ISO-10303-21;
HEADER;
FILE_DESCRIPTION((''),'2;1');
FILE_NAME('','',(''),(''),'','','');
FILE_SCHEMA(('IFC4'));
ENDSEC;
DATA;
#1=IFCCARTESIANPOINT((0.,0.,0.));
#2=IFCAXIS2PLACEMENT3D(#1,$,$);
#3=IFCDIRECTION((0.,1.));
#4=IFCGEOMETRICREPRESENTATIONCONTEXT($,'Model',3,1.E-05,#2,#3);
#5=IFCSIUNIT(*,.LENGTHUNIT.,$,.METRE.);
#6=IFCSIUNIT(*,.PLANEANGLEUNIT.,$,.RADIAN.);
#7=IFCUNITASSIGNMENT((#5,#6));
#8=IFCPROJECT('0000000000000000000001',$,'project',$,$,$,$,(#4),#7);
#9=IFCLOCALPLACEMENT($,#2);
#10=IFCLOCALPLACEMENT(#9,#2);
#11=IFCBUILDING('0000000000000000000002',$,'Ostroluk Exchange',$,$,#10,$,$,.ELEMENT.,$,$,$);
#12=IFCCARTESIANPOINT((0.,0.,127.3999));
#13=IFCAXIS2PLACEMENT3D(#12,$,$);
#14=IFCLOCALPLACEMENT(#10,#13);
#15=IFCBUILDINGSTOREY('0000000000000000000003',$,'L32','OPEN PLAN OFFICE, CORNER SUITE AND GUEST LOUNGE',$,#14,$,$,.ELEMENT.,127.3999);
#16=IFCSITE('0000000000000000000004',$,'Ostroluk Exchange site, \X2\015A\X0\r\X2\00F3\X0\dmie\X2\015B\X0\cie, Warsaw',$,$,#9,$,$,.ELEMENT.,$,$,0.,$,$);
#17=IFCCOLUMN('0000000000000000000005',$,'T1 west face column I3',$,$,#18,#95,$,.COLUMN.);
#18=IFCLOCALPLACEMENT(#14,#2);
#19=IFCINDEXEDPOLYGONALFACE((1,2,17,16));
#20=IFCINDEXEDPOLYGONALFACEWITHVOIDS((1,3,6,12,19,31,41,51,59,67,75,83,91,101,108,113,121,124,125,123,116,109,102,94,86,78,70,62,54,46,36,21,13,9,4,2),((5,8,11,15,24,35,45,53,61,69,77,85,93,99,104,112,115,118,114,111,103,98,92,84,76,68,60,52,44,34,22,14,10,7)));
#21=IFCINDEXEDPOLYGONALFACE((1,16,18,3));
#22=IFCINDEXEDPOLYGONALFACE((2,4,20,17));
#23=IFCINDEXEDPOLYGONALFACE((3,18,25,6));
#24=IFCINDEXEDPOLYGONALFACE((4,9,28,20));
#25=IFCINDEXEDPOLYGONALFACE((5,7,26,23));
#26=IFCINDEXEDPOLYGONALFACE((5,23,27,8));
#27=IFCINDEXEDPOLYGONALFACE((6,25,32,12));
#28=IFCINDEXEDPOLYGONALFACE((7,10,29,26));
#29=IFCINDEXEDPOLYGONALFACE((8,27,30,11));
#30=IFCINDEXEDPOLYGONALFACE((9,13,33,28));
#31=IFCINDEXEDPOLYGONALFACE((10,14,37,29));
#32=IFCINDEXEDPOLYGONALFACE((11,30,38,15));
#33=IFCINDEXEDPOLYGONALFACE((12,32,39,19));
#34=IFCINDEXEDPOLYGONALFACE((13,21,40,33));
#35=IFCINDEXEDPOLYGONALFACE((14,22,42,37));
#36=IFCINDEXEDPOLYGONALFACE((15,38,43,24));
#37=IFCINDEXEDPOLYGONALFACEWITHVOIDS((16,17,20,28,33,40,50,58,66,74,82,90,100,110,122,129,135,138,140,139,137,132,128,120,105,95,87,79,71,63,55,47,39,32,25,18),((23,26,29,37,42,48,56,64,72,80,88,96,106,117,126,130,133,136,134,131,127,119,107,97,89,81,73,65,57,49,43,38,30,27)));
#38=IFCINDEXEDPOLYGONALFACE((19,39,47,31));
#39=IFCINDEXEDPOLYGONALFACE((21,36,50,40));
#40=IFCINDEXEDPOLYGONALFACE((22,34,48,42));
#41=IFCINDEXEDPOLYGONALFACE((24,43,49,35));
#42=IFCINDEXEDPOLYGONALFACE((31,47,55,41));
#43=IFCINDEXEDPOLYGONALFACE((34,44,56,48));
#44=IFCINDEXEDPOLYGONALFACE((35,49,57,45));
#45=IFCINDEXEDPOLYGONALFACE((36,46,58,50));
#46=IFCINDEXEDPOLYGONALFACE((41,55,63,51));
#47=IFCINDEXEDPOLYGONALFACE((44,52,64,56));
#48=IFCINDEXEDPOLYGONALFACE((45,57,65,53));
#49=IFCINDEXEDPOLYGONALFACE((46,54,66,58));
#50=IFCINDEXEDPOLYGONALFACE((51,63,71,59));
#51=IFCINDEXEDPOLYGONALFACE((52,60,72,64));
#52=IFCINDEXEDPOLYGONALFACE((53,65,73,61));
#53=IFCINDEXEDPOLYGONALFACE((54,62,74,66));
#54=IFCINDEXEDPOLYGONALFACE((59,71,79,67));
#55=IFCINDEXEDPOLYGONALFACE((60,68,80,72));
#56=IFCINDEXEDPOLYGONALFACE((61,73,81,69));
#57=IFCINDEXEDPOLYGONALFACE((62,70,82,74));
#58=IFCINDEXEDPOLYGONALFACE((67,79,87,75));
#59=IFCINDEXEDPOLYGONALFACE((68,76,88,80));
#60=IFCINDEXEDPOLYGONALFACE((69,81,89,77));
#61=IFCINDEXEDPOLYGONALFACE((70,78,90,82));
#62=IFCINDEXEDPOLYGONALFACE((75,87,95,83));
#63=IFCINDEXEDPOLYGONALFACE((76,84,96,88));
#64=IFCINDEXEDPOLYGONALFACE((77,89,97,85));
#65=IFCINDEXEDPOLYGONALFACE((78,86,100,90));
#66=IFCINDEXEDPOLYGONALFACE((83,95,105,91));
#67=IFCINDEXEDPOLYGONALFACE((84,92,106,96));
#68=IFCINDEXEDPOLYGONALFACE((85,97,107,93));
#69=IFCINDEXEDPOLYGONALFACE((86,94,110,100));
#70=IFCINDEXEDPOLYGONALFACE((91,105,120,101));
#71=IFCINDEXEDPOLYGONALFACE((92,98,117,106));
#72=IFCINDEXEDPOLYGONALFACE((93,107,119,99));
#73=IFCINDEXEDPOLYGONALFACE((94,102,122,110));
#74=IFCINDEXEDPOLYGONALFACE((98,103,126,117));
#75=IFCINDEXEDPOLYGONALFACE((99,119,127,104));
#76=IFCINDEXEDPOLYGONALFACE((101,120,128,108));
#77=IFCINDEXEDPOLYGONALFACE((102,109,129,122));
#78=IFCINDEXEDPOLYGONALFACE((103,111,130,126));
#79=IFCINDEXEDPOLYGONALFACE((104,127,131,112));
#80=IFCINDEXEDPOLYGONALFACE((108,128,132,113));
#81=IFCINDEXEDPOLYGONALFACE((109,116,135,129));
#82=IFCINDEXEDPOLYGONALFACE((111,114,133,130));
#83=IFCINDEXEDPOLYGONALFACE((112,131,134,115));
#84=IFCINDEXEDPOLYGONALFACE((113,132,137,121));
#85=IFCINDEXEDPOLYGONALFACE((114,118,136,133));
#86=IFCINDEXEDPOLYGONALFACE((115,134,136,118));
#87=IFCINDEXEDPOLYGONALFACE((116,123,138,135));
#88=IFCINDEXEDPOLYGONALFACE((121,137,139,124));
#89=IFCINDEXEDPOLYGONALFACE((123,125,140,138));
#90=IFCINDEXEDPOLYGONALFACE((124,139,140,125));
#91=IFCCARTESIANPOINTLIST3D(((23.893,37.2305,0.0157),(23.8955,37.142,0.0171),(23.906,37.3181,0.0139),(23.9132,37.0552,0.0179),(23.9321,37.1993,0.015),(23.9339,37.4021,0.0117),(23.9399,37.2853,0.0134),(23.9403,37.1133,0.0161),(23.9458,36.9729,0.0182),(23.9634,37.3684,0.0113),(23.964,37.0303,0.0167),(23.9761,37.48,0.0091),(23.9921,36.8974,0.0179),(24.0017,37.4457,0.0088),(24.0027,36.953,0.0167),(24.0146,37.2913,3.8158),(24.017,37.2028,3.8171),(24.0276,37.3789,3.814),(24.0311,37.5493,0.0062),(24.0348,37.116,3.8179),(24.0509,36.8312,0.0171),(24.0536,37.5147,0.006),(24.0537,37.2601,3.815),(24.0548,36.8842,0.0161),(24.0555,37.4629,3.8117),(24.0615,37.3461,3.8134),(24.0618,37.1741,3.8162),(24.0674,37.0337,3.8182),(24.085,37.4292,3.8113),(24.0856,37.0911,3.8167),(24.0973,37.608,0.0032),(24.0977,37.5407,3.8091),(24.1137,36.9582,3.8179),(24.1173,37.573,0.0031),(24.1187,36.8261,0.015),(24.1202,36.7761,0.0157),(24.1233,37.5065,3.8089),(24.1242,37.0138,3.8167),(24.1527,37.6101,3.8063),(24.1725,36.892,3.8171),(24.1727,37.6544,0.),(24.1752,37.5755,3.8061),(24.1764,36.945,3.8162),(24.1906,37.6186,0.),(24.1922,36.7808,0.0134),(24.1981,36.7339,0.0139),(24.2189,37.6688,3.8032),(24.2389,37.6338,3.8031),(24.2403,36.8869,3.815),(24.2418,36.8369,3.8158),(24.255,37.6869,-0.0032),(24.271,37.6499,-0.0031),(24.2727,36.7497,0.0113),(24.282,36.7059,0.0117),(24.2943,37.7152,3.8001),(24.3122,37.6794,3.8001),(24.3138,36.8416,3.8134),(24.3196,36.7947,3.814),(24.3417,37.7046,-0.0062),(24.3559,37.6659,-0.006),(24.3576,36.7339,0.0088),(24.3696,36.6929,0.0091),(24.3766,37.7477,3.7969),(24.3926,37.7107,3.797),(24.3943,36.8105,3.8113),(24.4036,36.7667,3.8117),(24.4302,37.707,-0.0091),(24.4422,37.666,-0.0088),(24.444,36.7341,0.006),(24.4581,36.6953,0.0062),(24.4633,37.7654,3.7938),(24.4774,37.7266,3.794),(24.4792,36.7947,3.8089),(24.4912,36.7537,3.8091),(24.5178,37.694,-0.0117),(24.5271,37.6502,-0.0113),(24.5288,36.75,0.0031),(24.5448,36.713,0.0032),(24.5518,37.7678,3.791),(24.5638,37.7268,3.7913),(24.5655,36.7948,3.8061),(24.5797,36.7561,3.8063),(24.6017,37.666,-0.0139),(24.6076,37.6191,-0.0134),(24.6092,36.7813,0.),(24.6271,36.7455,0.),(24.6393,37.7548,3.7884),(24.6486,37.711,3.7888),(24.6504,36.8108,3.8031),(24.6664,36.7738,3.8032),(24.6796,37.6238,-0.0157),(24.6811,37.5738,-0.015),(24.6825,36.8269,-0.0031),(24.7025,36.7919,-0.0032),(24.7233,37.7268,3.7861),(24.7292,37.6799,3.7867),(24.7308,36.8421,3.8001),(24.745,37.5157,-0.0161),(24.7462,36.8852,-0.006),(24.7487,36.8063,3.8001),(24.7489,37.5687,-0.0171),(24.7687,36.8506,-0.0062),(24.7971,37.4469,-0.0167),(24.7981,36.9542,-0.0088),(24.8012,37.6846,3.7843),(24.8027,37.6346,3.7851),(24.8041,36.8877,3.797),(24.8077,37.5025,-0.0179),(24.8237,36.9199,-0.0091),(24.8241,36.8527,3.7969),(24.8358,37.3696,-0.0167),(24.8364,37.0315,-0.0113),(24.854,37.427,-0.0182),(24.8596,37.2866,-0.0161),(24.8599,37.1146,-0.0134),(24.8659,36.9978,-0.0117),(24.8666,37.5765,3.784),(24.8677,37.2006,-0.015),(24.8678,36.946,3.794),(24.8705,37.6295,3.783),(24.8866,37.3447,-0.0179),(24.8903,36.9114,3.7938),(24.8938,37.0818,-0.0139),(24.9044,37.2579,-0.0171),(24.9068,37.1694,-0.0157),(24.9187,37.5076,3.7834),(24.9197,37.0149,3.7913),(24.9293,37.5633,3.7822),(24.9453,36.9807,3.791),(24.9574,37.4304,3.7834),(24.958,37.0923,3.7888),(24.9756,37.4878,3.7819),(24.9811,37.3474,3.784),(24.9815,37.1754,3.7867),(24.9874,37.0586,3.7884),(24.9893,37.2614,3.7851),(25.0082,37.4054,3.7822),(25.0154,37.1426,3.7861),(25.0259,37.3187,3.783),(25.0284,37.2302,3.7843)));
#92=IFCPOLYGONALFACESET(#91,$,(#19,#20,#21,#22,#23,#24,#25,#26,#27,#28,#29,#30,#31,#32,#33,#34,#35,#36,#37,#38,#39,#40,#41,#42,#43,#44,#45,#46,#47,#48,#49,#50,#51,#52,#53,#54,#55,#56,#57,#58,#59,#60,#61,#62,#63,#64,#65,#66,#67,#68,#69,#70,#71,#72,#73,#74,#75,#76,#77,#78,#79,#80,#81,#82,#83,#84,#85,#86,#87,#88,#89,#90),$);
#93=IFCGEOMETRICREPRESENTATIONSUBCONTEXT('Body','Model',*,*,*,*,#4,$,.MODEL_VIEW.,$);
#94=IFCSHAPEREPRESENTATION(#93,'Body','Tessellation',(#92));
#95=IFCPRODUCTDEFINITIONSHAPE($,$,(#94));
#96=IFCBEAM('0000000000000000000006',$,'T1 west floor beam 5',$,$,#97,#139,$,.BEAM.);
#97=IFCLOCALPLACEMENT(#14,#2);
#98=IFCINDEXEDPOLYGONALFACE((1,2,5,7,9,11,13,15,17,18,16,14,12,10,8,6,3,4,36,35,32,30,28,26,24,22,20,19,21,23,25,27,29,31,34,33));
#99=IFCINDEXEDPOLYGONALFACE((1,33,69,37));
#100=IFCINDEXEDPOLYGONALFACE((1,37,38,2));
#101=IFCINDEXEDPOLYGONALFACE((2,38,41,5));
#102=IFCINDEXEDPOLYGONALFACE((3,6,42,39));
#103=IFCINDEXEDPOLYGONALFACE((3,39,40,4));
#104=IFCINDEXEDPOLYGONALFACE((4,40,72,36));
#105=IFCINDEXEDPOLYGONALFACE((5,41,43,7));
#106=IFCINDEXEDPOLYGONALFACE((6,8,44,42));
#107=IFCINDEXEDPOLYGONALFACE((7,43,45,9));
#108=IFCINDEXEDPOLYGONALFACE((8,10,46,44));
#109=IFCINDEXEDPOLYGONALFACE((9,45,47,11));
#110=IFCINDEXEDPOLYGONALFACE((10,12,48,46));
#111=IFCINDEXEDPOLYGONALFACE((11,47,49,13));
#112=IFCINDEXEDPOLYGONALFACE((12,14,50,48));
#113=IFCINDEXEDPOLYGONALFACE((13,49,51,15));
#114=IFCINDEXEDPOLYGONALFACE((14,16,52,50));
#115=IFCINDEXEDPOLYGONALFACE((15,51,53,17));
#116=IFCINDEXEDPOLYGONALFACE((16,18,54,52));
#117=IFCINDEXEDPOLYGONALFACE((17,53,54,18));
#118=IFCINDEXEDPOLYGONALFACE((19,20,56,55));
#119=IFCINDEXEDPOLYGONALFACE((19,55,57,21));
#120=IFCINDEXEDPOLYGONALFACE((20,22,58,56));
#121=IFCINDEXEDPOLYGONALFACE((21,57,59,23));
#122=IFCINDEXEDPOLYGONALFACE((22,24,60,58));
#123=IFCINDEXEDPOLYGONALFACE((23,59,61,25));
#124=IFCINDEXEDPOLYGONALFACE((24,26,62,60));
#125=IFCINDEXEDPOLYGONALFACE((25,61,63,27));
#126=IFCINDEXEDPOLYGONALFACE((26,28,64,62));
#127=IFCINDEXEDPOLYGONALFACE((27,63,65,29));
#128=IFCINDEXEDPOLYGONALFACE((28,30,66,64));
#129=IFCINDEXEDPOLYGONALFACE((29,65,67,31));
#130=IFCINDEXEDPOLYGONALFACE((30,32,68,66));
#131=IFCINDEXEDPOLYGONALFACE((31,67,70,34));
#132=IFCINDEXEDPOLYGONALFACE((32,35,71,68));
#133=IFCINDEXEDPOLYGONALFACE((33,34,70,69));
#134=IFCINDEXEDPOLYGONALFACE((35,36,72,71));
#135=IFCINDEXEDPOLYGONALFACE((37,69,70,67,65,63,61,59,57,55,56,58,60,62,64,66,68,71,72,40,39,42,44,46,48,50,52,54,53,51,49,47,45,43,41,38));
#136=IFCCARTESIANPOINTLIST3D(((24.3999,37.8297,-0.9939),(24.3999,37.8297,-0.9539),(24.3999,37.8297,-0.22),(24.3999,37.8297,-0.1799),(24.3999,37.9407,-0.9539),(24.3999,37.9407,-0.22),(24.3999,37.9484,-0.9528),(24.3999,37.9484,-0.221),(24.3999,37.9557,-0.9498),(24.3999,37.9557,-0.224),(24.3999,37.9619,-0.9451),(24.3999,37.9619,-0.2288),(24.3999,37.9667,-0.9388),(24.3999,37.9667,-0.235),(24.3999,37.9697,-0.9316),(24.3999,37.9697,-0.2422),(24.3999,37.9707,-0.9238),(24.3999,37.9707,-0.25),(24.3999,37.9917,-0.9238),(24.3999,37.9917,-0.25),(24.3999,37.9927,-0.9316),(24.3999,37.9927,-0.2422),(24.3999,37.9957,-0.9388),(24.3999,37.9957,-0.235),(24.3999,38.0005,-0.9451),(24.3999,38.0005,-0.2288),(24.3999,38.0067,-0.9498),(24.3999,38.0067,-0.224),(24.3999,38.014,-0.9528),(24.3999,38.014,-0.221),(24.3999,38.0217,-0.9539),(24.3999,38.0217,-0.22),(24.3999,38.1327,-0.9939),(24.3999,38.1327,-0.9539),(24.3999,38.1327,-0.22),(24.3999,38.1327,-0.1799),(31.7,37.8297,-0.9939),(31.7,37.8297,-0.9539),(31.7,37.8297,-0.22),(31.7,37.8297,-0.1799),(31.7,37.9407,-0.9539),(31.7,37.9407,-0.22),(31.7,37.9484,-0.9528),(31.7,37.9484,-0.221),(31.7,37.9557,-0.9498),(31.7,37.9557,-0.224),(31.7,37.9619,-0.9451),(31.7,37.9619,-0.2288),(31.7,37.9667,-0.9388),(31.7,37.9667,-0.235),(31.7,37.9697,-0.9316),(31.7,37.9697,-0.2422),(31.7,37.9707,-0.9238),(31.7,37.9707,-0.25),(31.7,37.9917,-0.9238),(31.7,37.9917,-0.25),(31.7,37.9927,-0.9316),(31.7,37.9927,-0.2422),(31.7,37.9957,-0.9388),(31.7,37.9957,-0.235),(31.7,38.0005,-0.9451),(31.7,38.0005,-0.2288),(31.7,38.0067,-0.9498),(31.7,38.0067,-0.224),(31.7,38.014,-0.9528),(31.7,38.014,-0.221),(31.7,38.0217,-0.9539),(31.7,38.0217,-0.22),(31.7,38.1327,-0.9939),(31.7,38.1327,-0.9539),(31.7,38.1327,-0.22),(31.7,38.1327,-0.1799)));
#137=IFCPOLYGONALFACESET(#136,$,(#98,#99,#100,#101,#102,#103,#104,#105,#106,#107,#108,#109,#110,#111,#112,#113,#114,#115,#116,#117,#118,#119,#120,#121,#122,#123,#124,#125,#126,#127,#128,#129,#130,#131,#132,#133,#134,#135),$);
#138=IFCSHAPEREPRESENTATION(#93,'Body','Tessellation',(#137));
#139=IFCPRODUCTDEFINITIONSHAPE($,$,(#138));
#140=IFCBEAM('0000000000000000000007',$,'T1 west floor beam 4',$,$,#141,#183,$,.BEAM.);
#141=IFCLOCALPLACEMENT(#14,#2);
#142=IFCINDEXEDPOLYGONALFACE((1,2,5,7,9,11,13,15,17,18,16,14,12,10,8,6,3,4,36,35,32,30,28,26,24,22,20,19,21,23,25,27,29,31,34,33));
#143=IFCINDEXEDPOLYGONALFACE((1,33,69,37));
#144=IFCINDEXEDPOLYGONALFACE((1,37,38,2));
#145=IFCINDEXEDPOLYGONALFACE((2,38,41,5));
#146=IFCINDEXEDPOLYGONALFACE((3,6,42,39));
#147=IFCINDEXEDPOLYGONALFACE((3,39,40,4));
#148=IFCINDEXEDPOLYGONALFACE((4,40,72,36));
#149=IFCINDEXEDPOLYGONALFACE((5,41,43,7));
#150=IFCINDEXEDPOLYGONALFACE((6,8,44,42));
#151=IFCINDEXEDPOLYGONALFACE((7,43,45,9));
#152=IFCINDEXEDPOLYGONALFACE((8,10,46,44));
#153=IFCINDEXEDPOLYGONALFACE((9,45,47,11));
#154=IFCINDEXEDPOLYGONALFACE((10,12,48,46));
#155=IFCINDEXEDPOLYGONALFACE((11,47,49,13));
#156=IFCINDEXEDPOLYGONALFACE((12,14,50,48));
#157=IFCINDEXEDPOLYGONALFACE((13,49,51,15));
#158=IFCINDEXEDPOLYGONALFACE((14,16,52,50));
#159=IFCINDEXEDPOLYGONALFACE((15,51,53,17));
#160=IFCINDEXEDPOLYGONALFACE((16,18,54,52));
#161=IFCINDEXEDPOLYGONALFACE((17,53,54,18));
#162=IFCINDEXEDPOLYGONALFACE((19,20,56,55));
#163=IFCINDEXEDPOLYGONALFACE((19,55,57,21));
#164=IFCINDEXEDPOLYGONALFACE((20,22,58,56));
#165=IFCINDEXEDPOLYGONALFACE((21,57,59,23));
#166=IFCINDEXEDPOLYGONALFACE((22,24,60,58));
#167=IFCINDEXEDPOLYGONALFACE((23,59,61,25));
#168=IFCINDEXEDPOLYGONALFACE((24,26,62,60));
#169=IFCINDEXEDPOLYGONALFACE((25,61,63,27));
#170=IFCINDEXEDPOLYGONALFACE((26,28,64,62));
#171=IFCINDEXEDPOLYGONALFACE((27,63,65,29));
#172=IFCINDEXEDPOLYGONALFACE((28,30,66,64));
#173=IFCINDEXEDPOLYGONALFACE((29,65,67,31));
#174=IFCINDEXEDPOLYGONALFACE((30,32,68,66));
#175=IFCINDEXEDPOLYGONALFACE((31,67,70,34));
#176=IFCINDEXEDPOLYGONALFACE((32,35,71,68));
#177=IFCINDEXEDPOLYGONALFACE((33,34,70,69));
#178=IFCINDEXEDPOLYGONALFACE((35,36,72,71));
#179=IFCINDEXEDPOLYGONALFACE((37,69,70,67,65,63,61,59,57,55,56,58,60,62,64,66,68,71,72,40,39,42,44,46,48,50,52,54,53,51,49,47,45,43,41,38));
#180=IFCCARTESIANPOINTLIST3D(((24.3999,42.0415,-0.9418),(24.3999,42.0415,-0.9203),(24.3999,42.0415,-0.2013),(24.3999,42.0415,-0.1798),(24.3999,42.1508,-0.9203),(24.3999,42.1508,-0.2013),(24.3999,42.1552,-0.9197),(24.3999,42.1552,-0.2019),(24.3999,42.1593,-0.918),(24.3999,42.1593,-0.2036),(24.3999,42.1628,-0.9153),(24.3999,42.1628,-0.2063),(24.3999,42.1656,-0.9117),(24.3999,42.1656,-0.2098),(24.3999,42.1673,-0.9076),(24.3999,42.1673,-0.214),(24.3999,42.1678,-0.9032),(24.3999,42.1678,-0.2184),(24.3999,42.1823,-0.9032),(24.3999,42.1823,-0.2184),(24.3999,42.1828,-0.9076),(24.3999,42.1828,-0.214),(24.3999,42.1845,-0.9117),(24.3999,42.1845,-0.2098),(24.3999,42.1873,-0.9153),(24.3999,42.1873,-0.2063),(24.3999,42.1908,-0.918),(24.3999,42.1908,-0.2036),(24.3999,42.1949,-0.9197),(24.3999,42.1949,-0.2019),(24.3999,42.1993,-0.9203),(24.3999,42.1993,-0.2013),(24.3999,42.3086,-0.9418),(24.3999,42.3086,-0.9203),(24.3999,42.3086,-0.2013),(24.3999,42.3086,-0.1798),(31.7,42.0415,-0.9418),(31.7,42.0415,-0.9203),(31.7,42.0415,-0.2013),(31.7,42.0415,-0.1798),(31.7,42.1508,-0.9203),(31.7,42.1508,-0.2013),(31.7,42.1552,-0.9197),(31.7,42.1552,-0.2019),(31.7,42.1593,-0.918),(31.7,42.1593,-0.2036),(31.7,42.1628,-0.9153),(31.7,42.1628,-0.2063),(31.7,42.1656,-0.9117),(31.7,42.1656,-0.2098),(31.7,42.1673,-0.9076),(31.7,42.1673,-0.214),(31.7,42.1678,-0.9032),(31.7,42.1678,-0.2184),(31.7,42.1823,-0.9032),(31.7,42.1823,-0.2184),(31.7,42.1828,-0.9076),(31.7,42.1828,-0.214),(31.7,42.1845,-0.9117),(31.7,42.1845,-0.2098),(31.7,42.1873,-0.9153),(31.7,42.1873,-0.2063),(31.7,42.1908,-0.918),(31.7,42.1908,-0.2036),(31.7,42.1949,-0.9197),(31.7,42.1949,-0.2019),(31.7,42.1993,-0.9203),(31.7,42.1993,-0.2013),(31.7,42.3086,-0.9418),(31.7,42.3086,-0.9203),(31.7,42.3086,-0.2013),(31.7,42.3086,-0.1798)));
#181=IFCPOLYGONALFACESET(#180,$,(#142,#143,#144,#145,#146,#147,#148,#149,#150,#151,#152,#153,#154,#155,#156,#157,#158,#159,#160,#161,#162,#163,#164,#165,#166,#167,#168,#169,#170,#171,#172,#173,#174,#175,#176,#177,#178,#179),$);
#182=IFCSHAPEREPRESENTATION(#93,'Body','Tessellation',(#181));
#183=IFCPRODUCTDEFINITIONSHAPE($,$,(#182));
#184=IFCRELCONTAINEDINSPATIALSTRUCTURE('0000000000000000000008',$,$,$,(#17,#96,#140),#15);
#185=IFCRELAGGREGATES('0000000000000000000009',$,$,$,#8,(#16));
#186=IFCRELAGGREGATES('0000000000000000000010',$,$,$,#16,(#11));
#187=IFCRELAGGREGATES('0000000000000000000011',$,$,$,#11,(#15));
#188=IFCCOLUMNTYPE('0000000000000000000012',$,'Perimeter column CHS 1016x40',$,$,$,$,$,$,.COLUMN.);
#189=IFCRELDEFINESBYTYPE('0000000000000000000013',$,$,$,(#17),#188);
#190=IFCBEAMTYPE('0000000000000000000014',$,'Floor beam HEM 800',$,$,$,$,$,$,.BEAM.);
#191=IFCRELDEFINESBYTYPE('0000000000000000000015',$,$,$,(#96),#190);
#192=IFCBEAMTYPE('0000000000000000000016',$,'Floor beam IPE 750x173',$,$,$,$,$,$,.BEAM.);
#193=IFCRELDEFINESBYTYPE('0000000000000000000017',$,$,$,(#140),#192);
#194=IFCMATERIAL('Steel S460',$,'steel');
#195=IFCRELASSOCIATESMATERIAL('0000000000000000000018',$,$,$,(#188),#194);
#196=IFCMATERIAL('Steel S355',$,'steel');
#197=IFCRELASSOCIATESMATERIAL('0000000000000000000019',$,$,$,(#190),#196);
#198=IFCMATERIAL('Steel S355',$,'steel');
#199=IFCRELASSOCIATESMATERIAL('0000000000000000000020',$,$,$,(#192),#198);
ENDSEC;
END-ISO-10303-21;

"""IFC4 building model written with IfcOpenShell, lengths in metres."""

from ifc_helpers import new_model, si_unit, direction, frame, origin, origin_2d, place, context, subcontext, project, spatial, hollow_circle, i_section, extrude, material, material_profile, profile_set, type_object, element, save


model = new_model("IFC4")

# Units and contexts
model_context = context("Model", 3, precision=1e-05, world=origin(), true_north=direction((0.0, 1.0)))
body_context = subcontext(model_context, "Body", "Model", "MODEL_VIEW")
ifc_project = project(units=[si_unit("LENGTHUNIT", "METRE"), si_unit("PLANEANGLEUNIT", "RADIAN")], contexts=[model_context])

# Site, building, storey
site_placement = place(None, origin())
site = spatial("IfcSite", under=ifc_project, at=site_placement, Name="Ostroluk Exchange site, Śródmieście, Warsaw", CompositionType="ELEMENT", RefElevation=0.0)
building_placement = place(site_placement, origin())
building = spatial("IfcBuilding", under=site, at=building_placement, Name="Ostroluk Exchange", CompositionType="ELEMENT")
storey_placement = place(building_placement, frame((0.0, 0.0, 127.3999)))
storey = spatial("IfcBuildingStorey", under=building, at=storey_placement, Name="L32", Description="OPEN PLAN OFFICE, CORNER SUITE AND GUEST LOUNGE", CompositionType="ELEMENT", Elevation=127.3999)

# Column
ifc_material_1 = material(Name="Steel S460", Category="steel")
ifc_material_profile_1 = material_profile(ifc_material_1, hollow_circle(Radius=0.5081, WallThickness=0.04, at=origin_2d()), Name="CHS 1016x40")
ifc_profile_set_1 = profile_set([ifc_material_profile_1], Name="Steel S460")
column_type = type_object("IfcColumnType", Name="Perimeter column CHS 1016x40", PredefinedType="COLUMN", material=ifc_profile_set_1)
column_placement = place(storey_placement, frame((24.3999, 37.2, 0.0), z_axis=(0.031974, 0.015987, 0.999361), x_axis=(-0.447214, 0.894427, 0.0)))
element("IfcColumn", 1, at=column_placement, inside=storey, type_object=column_type, Name="T1 west face column I3", PredefinedType="COLUMN", context=body_context, shape_type="SweptSolid", body=[
    extrude(hollow_circle(Radius=0.5081, WallThickness=0.04, at=origin_2d()), origin(), (0.0, 0.0, 1.0), 3.8025),
])

# Beams
ifc_material_2 = material(Name="Steel S355", Category="steel")
ifc_material_profile_2 = material_profile(ifc_material_2, i_section(OverallWidth=0.303, OverallDepth=0.814, WebThickness=0.021, FlangeThickness=0.04, FilletRadius=0.03, at=origin_2d()), Name="HEM 800")
ifc_profile_set_2 = profile_set([ifc_material_profile_2], Name="Steel S355")
beam_type_1 = type_object("IfcBeamType", Name="Floor beam HEM 800", PredefinedType="BEAM", material=ifc_profile_set_2)
beam_1_placement = place(storey_placement, frame((31.7, 37.9812, -0.5869), z_axis=(-1.0, 0.0, 0.0), x_axis=(0.0, -1.0, 0.0)))
element("IfcBeam", 2, at=beam_1_placement, inside=storey, type_object=beam_type_1, Name="T1 west floor beam 5", PredefinedType="BEAM", context=body_context, shape_type="SweptSolid", body=[
    extrude(i_section(OverallWidth=0.303, OverallDepth=0.814, WebThickness=0.021, FlangeThickness=0.04, FilletRadius=0.03, at=origin_2d()), origin(), (0.0, 0.0, 1.0), 7.3),
])
ifc_material_3 = material(Name="Steel S355", Category="steel")
ifc_material_profile_3 = material_profile(ifc_material_3, i_section(OverallWidth=0.2671, OverallDepth=0.762, WebThickness=0.0144, FlangeThickness=0.0215, FilletRadius=0.0171, at=origin_2d()), Name="IPE 750x173")
ifc_profile_set_3 = profile_set([ifc_material_profile_3], Name="Steel S355")
beam_type_2 = type_object("IfcBeamType", Name="Floor beam IPE 750x173", PredefinedType="BEAM", material=ifc_profile_set_3)
beam_2_placement = place(storey_placement, frame((31.7, 42.175, -0.5608), z_axis=(-1.0, 0.0, 0.0), x_axis=(0.0, -1.0, 0.0)))
element("IfcBeam", 3, at=beam_2_placement, inside=storey, type_object=beam_type_2, Name="T1 west floor beam 4", PredefinedType="BEAM", context=body_context, shape_type="SweptSolid", body=[
    extrude(i_section(OverallWidth=0.2671, OverallDepth=0.762, WebThickness=0.0144, FlangeThickness=0.0215, FilletRadius=0.0171, at=origin_2d()), origin(), (0.0, 0.0, 1.0), 7.3),
])

save(model, "model.ifc")
